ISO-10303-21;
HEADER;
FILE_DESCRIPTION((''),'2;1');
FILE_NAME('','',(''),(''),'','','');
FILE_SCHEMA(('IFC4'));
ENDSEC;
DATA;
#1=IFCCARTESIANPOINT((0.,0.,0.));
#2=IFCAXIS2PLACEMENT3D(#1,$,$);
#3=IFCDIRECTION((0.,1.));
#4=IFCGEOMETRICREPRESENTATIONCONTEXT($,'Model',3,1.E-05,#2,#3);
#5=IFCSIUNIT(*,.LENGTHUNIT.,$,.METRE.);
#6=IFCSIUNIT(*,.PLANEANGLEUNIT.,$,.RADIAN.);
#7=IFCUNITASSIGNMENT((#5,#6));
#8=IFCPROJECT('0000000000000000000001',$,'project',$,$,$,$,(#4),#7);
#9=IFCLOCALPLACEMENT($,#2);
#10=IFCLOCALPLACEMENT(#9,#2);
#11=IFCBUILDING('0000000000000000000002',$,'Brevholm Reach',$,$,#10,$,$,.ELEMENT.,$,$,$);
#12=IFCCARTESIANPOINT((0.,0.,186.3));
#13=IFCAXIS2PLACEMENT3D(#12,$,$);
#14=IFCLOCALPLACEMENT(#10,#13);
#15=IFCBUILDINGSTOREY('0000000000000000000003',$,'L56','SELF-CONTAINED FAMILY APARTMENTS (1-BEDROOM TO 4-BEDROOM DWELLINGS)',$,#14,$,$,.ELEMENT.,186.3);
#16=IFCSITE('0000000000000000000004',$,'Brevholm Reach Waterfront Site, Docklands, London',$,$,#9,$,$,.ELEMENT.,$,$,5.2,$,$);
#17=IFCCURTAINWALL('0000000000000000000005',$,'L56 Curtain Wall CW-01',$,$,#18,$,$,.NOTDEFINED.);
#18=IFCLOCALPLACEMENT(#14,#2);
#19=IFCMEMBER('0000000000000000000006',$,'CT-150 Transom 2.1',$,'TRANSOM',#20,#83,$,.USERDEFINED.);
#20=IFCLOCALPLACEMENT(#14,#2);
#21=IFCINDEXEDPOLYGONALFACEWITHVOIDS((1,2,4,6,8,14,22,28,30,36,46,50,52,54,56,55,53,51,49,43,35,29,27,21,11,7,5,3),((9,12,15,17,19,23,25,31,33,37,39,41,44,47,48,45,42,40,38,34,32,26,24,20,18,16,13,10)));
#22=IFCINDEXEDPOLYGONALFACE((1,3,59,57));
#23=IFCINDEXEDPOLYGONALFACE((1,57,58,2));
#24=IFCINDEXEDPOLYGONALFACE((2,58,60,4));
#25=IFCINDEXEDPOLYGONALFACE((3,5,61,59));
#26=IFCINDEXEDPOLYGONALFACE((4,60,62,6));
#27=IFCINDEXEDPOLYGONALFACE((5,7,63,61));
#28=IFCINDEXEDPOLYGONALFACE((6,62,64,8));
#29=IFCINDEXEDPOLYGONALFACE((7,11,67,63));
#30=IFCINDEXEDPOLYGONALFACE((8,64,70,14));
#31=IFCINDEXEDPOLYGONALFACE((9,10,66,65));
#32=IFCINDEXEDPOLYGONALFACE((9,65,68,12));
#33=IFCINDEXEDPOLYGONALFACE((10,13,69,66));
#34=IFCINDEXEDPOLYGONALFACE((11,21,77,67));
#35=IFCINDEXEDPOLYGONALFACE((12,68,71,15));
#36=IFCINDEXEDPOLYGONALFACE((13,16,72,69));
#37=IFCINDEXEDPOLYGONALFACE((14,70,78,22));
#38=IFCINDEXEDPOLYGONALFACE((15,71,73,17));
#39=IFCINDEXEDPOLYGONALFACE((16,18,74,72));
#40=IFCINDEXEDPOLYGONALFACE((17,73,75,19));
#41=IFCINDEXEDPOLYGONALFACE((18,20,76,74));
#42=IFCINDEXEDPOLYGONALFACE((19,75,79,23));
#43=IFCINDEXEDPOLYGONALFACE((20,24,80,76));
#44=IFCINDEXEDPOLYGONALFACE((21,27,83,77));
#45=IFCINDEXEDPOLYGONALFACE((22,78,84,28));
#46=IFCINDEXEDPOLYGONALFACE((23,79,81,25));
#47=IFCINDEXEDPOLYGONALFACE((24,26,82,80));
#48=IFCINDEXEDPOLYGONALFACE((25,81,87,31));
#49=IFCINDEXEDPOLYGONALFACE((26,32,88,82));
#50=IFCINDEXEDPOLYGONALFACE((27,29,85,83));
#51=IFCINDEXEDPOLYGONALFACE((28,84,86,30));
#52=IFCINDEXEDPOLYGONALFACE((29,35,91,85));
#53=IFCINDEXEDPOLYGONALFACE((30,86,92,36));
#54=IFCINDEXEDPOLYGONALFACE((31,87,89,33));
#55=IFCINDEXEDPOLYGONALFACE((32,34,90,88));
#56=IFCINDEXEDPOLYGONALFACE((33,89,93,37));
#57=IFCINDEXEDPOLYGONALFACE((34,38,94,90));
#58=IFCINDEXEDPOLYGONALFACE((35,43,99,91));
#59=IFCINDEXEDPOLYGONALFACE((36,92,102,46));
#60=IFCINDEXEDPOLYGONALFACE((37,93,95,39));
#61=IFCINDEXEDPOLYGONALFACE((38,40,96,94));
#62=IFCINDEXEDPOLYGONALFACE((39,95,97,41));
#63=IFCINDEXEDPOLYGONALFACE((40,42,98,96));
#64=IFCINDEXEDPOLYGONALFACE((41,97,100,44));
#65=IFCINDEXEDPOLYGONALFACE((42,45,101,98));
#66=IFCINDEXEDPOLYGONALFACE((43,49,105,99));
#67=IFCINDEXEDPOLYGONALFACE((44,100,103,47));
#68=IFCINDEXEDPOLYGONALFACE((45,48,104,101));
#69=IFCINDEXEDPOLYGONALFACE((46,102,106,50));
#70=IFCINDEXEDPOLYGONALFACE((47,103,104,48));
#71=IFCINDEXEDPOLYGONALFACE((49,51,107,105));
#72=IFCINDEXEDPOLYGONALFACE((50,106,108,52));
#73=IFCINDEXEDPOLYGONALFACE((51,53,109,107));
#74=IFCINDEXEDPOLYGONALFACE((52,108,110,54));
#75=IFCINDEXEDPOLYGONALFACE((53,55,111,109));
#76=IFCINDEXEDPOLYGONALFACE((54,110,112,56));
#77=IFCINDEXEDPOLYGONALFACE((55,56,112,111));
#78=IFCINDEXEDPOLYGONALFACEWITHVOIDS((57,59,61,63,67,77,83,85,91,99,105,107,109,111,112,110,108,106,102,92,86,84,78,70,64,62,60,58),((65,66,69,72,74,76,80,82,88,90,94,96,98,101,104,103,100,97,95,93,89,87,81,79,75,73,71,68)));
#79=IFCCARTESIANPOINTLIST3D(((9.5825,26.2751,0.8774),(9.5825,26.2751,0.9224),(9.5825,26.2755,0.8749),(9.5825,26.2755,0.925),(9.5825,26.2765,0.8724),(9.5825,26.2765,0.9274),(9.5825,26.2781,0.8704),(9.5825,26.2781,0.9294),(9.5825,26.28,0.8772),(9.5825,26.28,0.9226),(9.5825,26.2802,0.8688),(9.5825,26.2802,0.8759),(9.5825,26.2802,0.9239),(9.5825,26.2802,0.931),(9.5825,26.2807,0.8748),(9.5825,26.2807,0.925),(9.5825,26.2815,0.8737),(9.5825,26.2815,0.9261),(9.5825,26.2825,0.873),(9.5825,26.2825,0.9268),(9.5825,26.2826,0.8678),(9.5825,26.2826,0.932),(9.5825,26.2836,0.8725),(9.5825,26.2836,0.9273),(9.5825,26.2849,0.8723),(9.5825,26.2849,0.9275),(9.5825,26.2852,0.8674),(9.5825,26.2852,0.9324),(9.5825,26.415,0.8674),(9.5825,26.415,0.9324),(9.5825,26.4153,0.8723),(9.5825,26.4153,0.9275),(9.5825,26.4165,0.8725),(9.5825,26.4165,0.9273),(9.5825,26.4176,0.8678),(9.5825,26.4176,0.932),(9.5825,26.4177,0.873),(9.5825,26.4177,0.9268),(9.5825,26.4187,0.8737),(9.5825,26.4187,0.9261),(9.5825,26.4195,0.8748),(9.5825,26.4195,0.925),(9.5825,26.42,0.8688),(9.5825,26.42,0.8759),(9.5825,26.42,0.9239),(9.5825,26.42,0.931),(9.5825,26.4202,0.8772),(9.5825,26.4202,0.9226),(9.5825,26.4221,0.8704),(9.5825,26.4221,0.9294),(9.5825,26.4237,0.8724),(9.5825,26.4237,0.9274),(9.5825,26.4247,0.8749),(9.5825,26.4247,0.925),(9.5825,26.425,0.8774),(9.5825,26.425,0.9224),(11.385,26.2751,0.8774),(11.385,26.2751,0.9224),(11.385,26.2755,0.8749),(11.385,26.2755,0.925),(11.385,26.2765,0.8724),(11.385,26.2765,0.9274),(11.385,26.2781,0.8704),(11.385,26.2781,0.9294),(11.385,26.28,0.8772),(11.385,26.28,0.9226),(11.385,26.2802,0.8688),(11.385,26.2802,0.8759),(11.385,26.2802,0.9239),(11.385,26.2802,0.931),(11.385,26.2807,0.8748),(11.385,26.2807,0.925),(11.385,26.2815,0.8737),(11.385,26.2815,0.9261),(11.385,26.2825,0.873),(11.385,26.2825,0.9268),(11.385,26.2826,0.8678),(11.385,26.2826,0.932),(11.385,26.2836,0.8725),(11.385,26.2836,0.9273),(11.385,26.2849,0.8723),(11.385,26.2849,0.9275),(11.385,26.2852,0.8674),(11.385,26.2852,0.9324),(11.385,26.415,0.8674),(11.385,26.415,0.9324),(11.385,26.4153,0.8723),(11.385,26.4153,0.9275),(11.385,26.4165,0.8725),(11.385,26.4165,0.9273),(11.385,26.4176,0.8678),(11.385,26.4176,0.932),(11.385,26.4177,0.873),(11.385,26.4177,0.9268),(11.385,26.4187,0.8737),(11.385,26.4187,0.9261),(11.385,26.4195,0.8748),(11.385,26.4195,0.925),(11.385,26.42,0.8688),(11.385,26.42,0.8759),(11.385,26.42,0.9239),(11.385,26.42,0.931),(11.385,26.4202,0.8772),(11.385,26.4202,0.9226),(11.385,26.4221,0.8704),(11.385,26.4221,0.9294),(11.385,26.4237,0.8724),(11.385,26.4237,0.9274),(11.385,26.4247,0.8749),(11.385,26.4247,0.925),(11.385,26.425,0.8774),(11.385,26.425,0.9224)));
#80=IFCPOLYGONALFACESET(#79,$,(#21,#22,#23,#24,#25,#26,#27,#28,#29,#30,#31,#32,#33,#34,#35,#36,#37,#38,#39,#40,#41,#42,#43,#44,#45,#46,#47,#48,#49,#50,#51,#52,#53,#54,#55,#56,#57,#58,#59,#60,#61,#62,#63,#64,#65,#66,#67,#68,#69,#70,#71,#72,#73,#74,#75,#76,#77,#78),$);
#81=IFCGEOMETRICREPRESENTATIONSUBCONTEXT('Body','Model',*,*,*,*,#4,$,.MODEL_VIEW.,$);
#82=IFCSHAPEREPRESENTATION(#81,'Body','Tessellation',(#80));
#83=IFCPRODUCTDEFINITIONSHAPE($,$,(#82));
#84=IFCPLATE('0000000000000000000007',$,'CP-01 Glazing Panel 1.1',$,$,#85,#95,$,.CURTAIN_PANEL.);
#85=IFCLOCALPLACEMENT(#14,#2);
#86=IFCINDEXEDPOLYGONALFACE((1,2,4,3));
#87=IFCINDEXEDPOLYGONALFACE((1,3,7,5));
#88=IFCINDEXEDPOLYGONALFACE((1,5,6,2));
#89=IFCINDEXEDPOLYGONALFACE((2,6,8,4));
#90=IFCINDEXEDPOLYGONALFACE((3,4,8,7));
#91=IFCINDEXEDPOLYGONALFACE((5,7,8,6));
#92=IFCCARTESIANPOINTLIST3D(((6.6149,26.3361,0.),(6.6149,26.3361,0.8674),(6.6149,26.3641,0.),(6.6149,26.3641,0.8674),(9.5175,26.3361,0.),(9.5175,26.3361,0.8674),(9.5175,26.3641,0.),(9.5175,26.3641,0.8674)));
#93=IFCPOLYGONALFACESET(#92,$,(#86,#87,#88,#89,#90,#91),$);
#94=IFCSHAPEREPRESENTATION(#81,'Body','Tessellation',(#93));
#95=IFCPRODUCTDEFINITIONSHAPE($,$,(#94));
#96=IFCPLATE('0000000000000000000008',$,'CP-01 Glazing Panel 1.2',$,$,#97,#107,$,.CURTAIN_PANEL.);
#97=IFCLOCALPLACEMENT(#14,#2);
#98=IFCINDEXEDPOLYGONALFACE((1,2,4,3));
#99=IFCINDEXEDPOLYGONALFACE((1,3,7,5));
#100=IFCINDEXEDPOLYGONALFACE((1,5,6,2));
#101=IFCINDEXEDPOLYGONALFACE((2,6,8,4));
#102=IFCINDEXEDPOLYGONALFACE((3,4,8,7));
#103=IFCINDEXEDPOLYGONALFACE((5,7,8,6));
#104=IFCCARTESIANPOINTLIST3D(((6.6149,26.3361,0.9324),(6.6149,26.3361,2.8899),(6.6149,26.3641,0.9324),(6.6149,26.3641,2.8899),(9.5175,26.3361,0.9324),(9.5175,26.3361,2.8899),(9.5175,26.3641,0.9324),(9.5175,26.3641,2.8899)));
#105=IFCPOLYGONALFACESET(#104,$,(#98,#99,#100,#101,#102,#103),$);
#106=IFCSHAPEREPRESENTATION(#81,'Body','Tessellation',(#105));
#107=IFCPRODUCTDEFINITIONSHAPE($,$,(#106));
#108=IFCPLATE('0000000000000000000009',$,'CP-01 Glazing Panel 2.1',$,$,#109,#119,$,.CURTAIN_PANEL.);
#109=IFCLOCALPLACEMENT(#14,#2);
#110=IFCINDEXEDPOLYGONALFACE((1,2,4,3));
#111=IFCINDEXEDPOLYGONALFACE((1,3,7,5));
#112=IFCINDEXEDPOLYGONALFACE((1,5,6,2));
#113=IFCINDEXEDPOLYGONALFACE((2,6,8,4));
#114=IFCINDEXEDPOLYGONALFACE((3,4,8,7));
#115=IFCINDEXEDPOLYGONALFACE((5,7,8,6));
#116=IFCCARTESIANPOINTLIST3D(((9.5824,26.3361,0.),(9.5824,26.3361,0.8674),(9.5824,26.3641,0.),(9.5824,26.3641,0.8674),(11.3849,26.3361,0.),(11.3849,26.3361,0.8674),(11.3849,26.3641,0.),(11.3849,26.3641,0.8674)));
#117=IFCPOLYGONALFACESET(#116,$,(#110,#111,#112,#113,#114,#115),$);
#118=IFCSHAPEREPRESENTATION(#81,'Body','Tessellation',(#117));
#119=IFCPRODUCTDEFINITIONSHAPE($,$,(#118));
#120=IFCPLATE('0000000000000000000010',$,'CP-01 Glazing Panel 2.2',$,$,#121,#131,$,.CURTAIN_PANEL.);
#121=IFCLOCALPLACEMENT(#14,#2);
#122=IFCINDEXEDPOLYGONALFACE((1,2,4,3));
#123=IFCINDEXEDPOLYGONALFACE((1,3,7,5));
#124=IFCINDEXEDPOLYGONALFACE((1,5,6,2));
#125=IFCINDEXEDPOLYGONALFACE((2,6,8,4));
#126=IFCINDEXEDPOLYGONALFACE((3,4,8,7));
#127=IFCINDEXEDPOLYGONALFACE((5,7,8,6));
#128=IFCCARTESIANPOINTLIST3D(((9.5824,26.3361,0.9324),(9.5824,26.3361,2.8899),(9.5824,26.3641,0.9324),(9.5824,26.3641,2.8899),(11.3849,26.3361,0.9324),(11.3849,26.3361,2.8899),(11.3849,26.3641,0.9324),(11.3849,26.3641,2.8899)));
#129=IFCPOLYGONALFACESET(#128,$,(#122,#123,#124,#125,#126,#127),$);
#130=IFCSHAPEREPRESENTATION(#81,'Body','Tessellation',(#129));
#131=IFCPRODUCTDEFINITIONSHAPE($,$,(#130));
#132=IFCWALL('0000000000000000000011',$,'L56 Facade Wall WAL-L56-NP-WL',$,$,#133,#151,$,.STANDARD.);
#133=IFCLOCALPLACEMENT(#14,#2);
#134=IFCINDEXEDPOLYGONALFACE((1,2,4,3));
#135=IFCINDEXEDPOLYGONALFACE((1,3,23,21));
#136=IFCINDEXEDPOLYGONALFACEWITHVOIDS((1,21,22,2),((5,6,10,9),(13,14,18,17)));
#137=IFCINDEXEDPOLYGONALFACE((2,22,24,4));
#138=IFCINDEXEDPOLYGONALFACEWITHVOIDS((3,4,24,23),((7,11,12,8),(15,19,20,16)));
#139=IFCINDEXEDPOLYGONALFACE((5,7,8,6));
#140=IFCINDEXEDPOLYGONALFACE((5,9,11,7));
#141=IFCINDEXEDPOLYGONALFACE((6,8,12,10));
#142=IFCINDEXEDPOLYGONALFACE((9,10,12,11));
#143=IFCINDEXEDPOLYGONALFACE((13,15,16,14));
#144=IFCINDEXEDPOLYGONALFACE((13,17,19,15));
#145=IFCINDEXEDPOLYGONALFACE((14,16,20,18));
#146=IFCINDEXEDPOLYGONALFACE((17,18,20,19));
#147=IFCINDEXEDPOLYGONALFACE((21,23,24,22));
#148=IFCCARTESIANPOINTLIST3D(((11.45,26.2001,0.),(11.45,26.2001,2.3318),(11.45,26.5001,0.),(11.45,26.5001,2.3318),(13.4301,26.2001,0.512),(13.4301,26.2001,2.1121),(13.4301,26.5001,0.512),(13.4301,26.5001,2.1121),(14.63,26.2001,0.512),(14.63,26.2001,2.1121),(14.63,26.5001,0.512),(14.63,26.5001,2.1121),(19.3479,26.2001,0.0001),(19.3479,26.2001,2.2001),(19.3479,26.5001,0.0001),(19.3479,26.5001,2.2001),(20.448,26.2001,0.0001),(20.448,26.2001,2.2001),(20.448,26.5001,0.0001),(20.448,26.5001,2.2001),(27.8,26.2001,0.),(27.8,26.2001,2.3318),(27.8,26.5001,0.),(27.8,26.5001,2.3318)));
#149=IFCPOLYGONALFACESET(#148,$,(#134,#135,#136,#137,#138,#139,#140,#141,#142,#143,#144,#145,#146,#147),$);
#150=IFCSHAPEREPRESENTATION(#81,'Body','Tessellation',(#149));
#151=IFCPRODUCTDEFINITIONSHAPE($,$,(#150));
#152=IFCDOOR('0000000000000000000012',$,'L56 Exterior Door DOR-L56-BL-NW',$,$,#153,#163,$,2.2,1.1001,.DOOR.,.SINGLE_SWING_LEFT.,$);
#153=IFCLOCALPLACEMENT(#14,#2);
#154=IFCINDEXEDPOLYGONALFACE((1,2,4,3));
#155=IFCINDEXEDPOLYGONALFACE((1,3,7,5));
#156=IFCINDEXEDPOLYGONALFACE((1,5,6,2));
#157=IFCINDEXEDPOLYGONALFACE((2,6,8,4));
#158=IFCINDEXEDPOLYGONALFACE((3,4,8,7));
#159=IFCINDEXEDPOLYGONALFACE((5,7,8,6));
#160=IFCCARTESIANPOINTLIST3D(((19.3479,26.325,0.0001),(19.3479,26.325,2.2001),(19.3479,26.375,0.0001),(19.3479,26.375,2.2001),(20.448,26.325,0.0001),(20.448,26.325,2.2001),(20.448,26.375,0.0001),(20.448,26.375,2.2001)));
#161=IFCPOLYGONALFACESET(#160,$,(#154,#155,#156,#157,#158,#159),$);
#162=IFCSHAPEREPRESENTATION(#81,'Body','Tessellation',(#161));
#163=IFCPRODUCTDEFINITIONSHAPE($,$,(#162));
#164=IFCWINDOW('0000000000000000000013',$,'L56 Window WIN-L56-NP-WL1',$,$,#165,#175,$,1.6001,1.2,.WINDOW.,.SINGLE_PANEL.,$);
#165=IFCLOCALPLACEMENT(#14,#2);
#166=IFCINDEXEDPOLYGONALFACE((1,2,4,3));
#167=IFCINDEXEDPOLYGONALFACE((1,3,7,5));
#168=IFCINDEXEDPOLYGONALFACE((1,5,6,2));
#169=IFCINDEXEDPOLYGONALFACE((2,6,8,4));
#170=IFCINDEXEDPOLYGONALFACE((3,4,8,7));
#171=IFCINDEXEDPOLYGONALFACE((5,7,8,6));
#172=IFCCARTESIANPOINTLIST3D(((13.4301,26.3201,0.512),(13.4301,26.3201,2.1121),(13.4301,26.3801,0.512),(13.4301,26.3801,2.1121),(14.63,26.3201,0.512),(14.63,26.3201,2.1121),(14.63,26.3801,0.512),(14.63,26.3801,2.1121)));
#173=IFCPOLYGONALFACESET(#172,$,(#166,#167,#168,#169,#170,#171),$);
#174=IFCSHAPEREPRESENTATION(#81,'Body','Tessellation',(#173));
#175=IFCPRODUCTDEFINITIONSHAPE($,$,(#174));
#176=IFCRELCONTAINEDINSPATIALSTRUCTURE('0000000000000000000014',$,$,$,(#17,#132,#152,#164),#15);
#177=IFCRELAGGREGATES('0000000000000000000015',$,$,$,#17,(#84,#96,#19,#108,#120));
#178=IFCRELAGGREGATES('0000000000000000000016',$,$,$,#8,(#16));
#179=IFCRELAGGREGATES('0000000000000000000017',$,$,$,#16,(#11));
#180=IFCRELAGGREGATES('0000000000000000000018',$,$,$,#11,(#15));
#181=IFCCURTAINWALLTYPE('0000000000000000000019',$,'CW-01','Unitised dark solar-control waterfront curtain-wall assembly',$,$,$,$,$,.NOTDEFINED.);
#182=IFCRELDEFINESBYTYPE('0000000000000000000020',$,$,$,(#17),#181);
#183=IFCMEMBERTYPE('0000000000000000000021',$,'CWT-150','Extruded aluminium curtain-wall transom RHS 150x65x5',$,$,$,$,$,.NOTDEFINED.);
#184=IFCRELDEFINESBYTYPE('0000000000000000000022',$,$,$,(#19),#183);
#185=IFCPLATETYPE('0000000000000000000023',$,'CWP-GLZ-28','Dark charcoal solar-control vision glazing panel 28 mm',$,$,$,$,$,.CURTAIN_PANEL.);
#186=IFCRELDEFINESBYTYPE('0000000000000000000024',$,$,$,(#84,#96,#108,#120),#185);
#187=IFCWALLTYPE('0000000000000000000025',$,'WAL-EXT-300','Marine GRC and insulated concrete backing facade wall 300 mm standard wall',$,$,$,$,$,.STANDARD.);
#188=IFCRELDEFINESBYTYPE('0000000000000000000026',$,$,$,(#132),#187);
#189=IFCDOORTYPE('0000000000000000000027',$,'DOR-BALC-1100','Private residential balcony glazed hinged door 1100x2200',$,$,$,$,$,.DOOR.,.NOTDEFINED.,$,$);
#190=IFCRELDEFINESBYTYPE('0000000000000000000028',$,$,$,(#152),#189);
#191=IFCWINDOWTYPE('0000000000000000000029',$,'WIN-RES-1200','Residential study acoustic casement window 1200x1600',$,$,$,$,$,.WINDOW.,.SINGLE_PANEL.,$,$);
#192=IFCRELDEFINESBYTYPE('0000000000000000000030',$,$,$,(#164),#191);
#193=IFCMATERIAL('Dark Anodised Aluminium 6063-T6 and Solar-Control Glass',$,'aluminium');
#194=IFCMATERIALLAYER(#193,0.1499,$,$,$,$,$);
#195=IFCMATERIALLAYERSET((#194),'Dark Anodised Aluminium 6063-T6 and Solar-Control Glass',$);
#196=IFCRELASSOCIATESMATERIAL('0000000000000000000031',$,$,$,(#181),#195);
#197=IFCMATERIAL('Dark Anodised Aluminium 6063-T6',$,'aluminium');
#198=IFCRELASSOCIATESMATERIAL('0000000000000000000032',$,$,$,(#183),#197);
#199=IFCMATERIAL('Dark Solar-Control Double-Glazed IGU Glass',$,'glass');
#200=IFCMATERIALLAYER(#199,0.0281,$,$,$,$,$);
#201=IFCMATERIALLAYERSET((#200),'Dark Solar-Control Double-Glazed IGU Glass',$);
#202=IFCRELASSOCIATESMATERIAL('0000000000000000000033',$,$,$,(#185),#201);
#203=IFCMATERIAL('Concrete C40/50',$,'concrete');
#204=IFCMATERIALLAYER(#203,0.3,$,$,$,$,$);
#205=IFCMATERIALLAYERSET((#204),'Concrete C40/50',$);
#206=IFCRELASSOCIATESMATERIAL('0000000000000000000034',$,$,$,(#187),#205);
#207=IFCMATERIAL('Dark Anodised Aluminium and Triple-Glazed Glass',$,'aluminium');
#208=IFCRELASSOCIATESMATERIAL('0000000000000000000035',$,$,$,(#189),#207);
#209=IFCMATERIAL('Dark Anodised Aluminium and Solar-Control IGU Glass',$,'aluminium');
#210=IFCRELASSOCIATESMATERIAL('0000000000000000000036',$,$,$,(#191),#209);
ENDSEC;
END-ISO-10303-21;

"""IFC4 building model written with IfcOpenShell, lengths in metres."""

from ifc_helpers import new_model, si_unit, direction, frame, frame_2d, origin, origin_2d, place, context, subcontext, project, spatial, rectangle, hollow_rectangle, extrude, material, layer, layer_set, material_profile, profile_set, type_object, element, fill, aggregate, save


model = new_model("IFC4")

# Units and contexts
model_context = context("Model", 3, precision=1e-05, world=origin(), true_north=direction((0.0, 1.0)))
body_context = subcontext(model_context, "Body", "Model", "MODEL_VIEW")
ifc_project = project(units=[si_unit("LENGTHUNIT", "METRE"), si_unit("PLANEANGLEUNIT", "RADIAN")], contexts=[model_context])

# Site, building, storey
site_placement = place(None, origin())
site = spatial("IfcSite", under=ifc_project, at=site_placement, Name="Brevholm Reach Waterfront Site, Docklands, London", CompositionType="ELEMENT", RefElevation=5.2)
building_placement = place(site_placement, origin())
building = spatial("IfcBuilding", under=site, at=building_placement, Name="Brevholm Reach", CompositionType="ELEMENT")
storey_placement = place(building_placement, frame((0.0, 0.0, 186.3)))
storey = spatial("IfcBuildingStorey", under=building, at=storey_placement, Name="L56", Description="SELF-CONTAINED FAMILY APARTMENTS (1-BEDROOM TO 4-BEDROOM DWELLINGS)", CompositionType="ELEMENT", Elevation=186.3)

# Curtain wall, member, plates
ifc_material_1 = material(Name="Dark Anodised Aluminium 6063-T6 and Solar-Control Glass", Category="aluminium")
ifc_layer_1 = layer(ifc_material_1, 0.1499)
ifc_layer_set_1 = layer_set([ifc_layer_1], Name="Dark Anodised Aluminium 6063-T6 and Solar-Control Glass")
curtain_wall_type = type_object("IfcCurtainWallType", Name="CW-01", Description="Unitised dark solar-control waterfront curtain-wall assembly", PredefinedType="NOTDEFINED", material=ifc_layer_set_1)
curtain_wall_placement = place(storey_placement, origin())
curtain_wall = element("IfcCurtainWall", 1, at=curtain_wall_placement, inside=storey, type_object=curtain_wall_type, Name="L56 Curtain Wall CW-01", PredefinedType="NOTDEFINED")
ifc_material_2 = material(Name="Dark Anodised Aluminium 6063-T6", Category="aluminium")
ifc_material_profile_1 = material_profile(ifc_material_2, hollow_rectangle(XDim=0.0649, YDim=0.1499, WallThickness=0.0049, InnerFilletRadius=0.0049, OuterFilletRadius=0.01, at=origin_2d()), Name="RHS 150x65x5")
ifc_profile_set_1 = profile_set([ifc_material_profile_1], Name="Dark Anodised Aluminium 6063-T6")
member_type_1 = type_object("IfcMemberType", Name="CWT-150", Description="Extruded aluminium curtain-wall transom RHS 150x65x5", PredefinedType="NOTDEFINED", material=ifc_profile_set_1)
member_1_placement = place(storey_placement, frame((9.5825, 26.3501, 0.8999), z_axis=(1.0, 0.0, 0.0), x_axis=(0.0, 0.0, 1.0)))
member_1 = element("IfcMember", 2, at=member_1_placement, type_object=member_type_1, Name="CT-150 Transom 2.1", ObjectType="TRANSOM", PredefinedType="USERDEFINED", context=body_context, shape_type="SweptSolid", body=[
    extrude(hollow_rectangle(XDim=0.0649, YDim=0.1499, WallThickness=0.0049, InnerFilletRadius=0.0049, OuterFilletRadius=0.01, at=origin_2d()), origin(), (0.0, 0.0, 1.0), 1.8025),
])
ifc_material_3 = material(Name="Dark Solar-Control Double-Glazed IGU Glass", Category="glass")
ifc_layer_2 = layer(ifc_material_3, 0.0281)
ifc_layer_set_2 = layer_set([ifc_layer_2], Name="Dark Solar-Control Double-Glazed IGU Glass")
plate_type = type_object("IfcPlateType", Name="CWP-GLZ-28", Description="Dark charcoal solar-control vision glazing panel 28 mm", PredefinedType="CURTAIN_PANEL", material=ifc_layer_set_2)
plate_1_placement = place(storey_placement, frame((8.0662, 26.3501, 0.0), z_axis=(0.0, 0.0, 1.0), x_axis=(1.0, 0.0, 0.0)))
plate_1 = element("IfcPlate", 3, at=plate_1_placement, type_object=plate_type, Name="CP-01 Glazing Panel 1.1", PredefinedType="CURTAIN_PANEL", context=body_context, shape_type="SweptSolid", body=[
    extrude(rectangle(XDim=2.9026, YDim=0.0281, at=origin_2d()), origin(), (0.0, 0.0, 1.0), 0.8674),
])
plate_2_placement = place(storey_placement, frame((8.0662, 26.3501, 0.9324), z_axis=(0.0, 0.0, 1.0), x_axis=(1.0, 0.0, 0.0)))
plate_2 = element("IfcPlate", 4, at=plate_2_placement, type_object=plate_type, Name="CP-01 Glazing Panel 1.2", PredefinedType="CURTAIN_PANEL", context=body_context, shape_type="SweptSolid", body=[
    extrude(rectangle(XDim=2.9026, YDim=0.0281, at=origin_2d()), origin(), (0.0, 0.0, 1.0), 1.9575),
])
plate_3_placement = place(storey_placement, frame((10.4836, 26.3501, 0.0), z_axis=(0.0, 0.0, 1.0), x_axis=(1.0, 0.0, 0.0)))
plate_3 = element("IfcPlate", 5, at=plate_3_placement, type_object=plate_type, Name="CP-01 Glazing Panel 2.1", PredefinedType="CURTAIN_PANEL", context=body_context, shape_type="SweptSolid", body=[
    extrude(rectangle(XDim=1.8025, YDim=0.0281, at=origin_2d()), origin(), (0.0, 0.0, 1.0), 0.8674),
])
plate_4_placement = place(storey_placement, frame((10.4836, 26.3501, 0.9324), z_axis=(0.0, 0.0, 1.0), x_axis=(1.0, 0.0, 0.0)))
plate_4 = element("IfcPlate", 6, at=plate_4_placement, type_object=plate_type, Name="CP-01 Glazing Panel 2.2", PredefinedType="CURTAIN_PANEL", context=body_context, shape_type="SweptSolid", body=[
    extrude(rectangle(XDim=1.8025, YDim=0.0281, at=origin_2d()), origin(), (0.0, 0.0, 1.0), 1.9575),
])
aggregate(curtain_wall, [plate_1, plate_2, member_1, plate_3, plate_4])

# Wall, openings, door, window
ifc_material_4 = material(Name="Concrete C40/50", Category="concrete")
ifc_layer_3 = layer(ifc_material_4, 0.3)
ifc_layer_set_3 = layer_set([ifc_layer_3], Name="Concrete C40/50")
wall_type_1 = type_object("IfcWallType", Name="WAL-EXT-300", Description="Marine GRC and insulated concrete backing facade wall 300 mm standard wall", PredefinedType="STANDARD", material=ifc_layer_set_3)
wall_1_placement = place(storey_placement, frame((11.45, 26.3501, 0.0), z_axis=(0.0, 0.0, 1.0), x_axis=(1.0, 0.0, 0.0)))
wall_1 = element("IfcWall", 7, at=wall_1_placement, inside=storey, type_object=wall_type_1, Name="L56 Facade Wall WAL-L56-NP-WL", PredefinedType="STANDARD", context=body_context, shape_type="SweptSolid", body=[
    extrude(rectangle(XDim=16.3501, YDim=0.3, at=frame_2d((8.175, 0.0))), origin(), (0.0, 0.0, 1.0), 2.3318),
])
opening_1_placement = place(wall_1_placement, frame((7.8979, 0.0, 0.0)))
opening_1 = element("IfcOpeningElement", 8, at=opening_1_placement, cuts=wall_1, PredefinedType="OPENING", context=body_context, shape_type="SweptSolid", body=[
    extrude(rectangle(XDim=1.1001, YDim=2.2, at=frame_2d((0.55, 1.1001))), frame((0.0, 0.1599, 0.0), z_axis=(0.0, -1.0, 0.0), x_axis=(1.0, 0.0, 0.0)), (0.0, 0.0, 1.0), 0.3201),
])
opening_2_placement = place(wall_1_placement, frame((1.98, 0.0, 0.512)))
opening_2 = element("IfcOpeningElement", 9, at=opening_2_placement, cuts=wall_1, PredefinedType="OPENING", context=body_context, shape_type="SweptSolid", body=[
    extrude(rectangle(XDim=1.2, YDim=1.6001, at=frame_2d((0.6001, 0.8))), frame((0.0, 0.1599, 0.0), z_axis=(0.0, -1.0, 0.0), x_axis=(1.0, 0.0, 0.0)), (0.0, 0.0, 1.0), 0.3201),
])
ifc_material_5 = material(Name="Dark Anodised Aluminium and Triple-Glazed Glass", Category="aluminium")
door_type_1 = type_object("IfcDoorType", Name="DOR-BALC-1100", Description="Private residential balcony glazed hinged door 1100x2200", OperationType="NOTDEFINED", PredefinedType="DOOR", material=ifc_material_5)
door_1_placement = place(opening_1_placement, origin())
door_1 = element("IfcDoor", 10, at=door_1_placement, inside=storey, type_object=door_type_1, Name="L56 Exterior Door DOR-L56-BL-NW", OperationType="SINGLE_SWING_LEFT", OverallHeight=2.2, OverallWidth=1.1001, PredefinedType="DOOR", context=body_context, shape_type="SweptSolid", body=[
    extrude(rectangle(XDim=1.1001, YDim=2.2, at=frame_2d((0.55, 1.1001))), frame((0.0, 0.0249, 0.0), z_axis=(0.0, -1.0, 0.0), x_axis=(1.0, 0.0, 0.0)), (0.0, 0.0, 1.0), 0.05),
])
fill(opening_1, door_1)
ifc_material_6 = material(Name="Dark Anodised Aluminium and Solar-Control IGU Glass", Category="aluminium")
window_type = type_object("IfcWindowType", Name="WIN-RES-1200", Description="Residential study acoustic casement window 1200x1600", PartitioningType="SINGLE_PANEL", PredefinedType="WINDOW", material=ifc_material_6)
window_placement = place(opening_2_placement, origin())
window = element("IfcWindow", 11, at=window_placement, inside=storey, type_object=window_type, Name="L56 Window WIN-L56-NP-WL1", OverallHeight=1.6001, OverallWidth=1.2, PartitioningType="SINGLE_PANEL", PredefinedType="WINDOW", context=body_context, shape_type="SweptSolid", body=[
    extrude(rectangle(XDim=1.2, YDim=1.6001, at=frame_2d((0.6001, 0.8))), frame((0.0, 0.03, 0.0), z_axis=(0.0, -1.0, 0.0), x_axis=(1.0, 0.0, 0.0)), (0.0, 0.0, 1.0), 0.0601),
])
fill(opening_2, window)

save(model, "model.ifc")
